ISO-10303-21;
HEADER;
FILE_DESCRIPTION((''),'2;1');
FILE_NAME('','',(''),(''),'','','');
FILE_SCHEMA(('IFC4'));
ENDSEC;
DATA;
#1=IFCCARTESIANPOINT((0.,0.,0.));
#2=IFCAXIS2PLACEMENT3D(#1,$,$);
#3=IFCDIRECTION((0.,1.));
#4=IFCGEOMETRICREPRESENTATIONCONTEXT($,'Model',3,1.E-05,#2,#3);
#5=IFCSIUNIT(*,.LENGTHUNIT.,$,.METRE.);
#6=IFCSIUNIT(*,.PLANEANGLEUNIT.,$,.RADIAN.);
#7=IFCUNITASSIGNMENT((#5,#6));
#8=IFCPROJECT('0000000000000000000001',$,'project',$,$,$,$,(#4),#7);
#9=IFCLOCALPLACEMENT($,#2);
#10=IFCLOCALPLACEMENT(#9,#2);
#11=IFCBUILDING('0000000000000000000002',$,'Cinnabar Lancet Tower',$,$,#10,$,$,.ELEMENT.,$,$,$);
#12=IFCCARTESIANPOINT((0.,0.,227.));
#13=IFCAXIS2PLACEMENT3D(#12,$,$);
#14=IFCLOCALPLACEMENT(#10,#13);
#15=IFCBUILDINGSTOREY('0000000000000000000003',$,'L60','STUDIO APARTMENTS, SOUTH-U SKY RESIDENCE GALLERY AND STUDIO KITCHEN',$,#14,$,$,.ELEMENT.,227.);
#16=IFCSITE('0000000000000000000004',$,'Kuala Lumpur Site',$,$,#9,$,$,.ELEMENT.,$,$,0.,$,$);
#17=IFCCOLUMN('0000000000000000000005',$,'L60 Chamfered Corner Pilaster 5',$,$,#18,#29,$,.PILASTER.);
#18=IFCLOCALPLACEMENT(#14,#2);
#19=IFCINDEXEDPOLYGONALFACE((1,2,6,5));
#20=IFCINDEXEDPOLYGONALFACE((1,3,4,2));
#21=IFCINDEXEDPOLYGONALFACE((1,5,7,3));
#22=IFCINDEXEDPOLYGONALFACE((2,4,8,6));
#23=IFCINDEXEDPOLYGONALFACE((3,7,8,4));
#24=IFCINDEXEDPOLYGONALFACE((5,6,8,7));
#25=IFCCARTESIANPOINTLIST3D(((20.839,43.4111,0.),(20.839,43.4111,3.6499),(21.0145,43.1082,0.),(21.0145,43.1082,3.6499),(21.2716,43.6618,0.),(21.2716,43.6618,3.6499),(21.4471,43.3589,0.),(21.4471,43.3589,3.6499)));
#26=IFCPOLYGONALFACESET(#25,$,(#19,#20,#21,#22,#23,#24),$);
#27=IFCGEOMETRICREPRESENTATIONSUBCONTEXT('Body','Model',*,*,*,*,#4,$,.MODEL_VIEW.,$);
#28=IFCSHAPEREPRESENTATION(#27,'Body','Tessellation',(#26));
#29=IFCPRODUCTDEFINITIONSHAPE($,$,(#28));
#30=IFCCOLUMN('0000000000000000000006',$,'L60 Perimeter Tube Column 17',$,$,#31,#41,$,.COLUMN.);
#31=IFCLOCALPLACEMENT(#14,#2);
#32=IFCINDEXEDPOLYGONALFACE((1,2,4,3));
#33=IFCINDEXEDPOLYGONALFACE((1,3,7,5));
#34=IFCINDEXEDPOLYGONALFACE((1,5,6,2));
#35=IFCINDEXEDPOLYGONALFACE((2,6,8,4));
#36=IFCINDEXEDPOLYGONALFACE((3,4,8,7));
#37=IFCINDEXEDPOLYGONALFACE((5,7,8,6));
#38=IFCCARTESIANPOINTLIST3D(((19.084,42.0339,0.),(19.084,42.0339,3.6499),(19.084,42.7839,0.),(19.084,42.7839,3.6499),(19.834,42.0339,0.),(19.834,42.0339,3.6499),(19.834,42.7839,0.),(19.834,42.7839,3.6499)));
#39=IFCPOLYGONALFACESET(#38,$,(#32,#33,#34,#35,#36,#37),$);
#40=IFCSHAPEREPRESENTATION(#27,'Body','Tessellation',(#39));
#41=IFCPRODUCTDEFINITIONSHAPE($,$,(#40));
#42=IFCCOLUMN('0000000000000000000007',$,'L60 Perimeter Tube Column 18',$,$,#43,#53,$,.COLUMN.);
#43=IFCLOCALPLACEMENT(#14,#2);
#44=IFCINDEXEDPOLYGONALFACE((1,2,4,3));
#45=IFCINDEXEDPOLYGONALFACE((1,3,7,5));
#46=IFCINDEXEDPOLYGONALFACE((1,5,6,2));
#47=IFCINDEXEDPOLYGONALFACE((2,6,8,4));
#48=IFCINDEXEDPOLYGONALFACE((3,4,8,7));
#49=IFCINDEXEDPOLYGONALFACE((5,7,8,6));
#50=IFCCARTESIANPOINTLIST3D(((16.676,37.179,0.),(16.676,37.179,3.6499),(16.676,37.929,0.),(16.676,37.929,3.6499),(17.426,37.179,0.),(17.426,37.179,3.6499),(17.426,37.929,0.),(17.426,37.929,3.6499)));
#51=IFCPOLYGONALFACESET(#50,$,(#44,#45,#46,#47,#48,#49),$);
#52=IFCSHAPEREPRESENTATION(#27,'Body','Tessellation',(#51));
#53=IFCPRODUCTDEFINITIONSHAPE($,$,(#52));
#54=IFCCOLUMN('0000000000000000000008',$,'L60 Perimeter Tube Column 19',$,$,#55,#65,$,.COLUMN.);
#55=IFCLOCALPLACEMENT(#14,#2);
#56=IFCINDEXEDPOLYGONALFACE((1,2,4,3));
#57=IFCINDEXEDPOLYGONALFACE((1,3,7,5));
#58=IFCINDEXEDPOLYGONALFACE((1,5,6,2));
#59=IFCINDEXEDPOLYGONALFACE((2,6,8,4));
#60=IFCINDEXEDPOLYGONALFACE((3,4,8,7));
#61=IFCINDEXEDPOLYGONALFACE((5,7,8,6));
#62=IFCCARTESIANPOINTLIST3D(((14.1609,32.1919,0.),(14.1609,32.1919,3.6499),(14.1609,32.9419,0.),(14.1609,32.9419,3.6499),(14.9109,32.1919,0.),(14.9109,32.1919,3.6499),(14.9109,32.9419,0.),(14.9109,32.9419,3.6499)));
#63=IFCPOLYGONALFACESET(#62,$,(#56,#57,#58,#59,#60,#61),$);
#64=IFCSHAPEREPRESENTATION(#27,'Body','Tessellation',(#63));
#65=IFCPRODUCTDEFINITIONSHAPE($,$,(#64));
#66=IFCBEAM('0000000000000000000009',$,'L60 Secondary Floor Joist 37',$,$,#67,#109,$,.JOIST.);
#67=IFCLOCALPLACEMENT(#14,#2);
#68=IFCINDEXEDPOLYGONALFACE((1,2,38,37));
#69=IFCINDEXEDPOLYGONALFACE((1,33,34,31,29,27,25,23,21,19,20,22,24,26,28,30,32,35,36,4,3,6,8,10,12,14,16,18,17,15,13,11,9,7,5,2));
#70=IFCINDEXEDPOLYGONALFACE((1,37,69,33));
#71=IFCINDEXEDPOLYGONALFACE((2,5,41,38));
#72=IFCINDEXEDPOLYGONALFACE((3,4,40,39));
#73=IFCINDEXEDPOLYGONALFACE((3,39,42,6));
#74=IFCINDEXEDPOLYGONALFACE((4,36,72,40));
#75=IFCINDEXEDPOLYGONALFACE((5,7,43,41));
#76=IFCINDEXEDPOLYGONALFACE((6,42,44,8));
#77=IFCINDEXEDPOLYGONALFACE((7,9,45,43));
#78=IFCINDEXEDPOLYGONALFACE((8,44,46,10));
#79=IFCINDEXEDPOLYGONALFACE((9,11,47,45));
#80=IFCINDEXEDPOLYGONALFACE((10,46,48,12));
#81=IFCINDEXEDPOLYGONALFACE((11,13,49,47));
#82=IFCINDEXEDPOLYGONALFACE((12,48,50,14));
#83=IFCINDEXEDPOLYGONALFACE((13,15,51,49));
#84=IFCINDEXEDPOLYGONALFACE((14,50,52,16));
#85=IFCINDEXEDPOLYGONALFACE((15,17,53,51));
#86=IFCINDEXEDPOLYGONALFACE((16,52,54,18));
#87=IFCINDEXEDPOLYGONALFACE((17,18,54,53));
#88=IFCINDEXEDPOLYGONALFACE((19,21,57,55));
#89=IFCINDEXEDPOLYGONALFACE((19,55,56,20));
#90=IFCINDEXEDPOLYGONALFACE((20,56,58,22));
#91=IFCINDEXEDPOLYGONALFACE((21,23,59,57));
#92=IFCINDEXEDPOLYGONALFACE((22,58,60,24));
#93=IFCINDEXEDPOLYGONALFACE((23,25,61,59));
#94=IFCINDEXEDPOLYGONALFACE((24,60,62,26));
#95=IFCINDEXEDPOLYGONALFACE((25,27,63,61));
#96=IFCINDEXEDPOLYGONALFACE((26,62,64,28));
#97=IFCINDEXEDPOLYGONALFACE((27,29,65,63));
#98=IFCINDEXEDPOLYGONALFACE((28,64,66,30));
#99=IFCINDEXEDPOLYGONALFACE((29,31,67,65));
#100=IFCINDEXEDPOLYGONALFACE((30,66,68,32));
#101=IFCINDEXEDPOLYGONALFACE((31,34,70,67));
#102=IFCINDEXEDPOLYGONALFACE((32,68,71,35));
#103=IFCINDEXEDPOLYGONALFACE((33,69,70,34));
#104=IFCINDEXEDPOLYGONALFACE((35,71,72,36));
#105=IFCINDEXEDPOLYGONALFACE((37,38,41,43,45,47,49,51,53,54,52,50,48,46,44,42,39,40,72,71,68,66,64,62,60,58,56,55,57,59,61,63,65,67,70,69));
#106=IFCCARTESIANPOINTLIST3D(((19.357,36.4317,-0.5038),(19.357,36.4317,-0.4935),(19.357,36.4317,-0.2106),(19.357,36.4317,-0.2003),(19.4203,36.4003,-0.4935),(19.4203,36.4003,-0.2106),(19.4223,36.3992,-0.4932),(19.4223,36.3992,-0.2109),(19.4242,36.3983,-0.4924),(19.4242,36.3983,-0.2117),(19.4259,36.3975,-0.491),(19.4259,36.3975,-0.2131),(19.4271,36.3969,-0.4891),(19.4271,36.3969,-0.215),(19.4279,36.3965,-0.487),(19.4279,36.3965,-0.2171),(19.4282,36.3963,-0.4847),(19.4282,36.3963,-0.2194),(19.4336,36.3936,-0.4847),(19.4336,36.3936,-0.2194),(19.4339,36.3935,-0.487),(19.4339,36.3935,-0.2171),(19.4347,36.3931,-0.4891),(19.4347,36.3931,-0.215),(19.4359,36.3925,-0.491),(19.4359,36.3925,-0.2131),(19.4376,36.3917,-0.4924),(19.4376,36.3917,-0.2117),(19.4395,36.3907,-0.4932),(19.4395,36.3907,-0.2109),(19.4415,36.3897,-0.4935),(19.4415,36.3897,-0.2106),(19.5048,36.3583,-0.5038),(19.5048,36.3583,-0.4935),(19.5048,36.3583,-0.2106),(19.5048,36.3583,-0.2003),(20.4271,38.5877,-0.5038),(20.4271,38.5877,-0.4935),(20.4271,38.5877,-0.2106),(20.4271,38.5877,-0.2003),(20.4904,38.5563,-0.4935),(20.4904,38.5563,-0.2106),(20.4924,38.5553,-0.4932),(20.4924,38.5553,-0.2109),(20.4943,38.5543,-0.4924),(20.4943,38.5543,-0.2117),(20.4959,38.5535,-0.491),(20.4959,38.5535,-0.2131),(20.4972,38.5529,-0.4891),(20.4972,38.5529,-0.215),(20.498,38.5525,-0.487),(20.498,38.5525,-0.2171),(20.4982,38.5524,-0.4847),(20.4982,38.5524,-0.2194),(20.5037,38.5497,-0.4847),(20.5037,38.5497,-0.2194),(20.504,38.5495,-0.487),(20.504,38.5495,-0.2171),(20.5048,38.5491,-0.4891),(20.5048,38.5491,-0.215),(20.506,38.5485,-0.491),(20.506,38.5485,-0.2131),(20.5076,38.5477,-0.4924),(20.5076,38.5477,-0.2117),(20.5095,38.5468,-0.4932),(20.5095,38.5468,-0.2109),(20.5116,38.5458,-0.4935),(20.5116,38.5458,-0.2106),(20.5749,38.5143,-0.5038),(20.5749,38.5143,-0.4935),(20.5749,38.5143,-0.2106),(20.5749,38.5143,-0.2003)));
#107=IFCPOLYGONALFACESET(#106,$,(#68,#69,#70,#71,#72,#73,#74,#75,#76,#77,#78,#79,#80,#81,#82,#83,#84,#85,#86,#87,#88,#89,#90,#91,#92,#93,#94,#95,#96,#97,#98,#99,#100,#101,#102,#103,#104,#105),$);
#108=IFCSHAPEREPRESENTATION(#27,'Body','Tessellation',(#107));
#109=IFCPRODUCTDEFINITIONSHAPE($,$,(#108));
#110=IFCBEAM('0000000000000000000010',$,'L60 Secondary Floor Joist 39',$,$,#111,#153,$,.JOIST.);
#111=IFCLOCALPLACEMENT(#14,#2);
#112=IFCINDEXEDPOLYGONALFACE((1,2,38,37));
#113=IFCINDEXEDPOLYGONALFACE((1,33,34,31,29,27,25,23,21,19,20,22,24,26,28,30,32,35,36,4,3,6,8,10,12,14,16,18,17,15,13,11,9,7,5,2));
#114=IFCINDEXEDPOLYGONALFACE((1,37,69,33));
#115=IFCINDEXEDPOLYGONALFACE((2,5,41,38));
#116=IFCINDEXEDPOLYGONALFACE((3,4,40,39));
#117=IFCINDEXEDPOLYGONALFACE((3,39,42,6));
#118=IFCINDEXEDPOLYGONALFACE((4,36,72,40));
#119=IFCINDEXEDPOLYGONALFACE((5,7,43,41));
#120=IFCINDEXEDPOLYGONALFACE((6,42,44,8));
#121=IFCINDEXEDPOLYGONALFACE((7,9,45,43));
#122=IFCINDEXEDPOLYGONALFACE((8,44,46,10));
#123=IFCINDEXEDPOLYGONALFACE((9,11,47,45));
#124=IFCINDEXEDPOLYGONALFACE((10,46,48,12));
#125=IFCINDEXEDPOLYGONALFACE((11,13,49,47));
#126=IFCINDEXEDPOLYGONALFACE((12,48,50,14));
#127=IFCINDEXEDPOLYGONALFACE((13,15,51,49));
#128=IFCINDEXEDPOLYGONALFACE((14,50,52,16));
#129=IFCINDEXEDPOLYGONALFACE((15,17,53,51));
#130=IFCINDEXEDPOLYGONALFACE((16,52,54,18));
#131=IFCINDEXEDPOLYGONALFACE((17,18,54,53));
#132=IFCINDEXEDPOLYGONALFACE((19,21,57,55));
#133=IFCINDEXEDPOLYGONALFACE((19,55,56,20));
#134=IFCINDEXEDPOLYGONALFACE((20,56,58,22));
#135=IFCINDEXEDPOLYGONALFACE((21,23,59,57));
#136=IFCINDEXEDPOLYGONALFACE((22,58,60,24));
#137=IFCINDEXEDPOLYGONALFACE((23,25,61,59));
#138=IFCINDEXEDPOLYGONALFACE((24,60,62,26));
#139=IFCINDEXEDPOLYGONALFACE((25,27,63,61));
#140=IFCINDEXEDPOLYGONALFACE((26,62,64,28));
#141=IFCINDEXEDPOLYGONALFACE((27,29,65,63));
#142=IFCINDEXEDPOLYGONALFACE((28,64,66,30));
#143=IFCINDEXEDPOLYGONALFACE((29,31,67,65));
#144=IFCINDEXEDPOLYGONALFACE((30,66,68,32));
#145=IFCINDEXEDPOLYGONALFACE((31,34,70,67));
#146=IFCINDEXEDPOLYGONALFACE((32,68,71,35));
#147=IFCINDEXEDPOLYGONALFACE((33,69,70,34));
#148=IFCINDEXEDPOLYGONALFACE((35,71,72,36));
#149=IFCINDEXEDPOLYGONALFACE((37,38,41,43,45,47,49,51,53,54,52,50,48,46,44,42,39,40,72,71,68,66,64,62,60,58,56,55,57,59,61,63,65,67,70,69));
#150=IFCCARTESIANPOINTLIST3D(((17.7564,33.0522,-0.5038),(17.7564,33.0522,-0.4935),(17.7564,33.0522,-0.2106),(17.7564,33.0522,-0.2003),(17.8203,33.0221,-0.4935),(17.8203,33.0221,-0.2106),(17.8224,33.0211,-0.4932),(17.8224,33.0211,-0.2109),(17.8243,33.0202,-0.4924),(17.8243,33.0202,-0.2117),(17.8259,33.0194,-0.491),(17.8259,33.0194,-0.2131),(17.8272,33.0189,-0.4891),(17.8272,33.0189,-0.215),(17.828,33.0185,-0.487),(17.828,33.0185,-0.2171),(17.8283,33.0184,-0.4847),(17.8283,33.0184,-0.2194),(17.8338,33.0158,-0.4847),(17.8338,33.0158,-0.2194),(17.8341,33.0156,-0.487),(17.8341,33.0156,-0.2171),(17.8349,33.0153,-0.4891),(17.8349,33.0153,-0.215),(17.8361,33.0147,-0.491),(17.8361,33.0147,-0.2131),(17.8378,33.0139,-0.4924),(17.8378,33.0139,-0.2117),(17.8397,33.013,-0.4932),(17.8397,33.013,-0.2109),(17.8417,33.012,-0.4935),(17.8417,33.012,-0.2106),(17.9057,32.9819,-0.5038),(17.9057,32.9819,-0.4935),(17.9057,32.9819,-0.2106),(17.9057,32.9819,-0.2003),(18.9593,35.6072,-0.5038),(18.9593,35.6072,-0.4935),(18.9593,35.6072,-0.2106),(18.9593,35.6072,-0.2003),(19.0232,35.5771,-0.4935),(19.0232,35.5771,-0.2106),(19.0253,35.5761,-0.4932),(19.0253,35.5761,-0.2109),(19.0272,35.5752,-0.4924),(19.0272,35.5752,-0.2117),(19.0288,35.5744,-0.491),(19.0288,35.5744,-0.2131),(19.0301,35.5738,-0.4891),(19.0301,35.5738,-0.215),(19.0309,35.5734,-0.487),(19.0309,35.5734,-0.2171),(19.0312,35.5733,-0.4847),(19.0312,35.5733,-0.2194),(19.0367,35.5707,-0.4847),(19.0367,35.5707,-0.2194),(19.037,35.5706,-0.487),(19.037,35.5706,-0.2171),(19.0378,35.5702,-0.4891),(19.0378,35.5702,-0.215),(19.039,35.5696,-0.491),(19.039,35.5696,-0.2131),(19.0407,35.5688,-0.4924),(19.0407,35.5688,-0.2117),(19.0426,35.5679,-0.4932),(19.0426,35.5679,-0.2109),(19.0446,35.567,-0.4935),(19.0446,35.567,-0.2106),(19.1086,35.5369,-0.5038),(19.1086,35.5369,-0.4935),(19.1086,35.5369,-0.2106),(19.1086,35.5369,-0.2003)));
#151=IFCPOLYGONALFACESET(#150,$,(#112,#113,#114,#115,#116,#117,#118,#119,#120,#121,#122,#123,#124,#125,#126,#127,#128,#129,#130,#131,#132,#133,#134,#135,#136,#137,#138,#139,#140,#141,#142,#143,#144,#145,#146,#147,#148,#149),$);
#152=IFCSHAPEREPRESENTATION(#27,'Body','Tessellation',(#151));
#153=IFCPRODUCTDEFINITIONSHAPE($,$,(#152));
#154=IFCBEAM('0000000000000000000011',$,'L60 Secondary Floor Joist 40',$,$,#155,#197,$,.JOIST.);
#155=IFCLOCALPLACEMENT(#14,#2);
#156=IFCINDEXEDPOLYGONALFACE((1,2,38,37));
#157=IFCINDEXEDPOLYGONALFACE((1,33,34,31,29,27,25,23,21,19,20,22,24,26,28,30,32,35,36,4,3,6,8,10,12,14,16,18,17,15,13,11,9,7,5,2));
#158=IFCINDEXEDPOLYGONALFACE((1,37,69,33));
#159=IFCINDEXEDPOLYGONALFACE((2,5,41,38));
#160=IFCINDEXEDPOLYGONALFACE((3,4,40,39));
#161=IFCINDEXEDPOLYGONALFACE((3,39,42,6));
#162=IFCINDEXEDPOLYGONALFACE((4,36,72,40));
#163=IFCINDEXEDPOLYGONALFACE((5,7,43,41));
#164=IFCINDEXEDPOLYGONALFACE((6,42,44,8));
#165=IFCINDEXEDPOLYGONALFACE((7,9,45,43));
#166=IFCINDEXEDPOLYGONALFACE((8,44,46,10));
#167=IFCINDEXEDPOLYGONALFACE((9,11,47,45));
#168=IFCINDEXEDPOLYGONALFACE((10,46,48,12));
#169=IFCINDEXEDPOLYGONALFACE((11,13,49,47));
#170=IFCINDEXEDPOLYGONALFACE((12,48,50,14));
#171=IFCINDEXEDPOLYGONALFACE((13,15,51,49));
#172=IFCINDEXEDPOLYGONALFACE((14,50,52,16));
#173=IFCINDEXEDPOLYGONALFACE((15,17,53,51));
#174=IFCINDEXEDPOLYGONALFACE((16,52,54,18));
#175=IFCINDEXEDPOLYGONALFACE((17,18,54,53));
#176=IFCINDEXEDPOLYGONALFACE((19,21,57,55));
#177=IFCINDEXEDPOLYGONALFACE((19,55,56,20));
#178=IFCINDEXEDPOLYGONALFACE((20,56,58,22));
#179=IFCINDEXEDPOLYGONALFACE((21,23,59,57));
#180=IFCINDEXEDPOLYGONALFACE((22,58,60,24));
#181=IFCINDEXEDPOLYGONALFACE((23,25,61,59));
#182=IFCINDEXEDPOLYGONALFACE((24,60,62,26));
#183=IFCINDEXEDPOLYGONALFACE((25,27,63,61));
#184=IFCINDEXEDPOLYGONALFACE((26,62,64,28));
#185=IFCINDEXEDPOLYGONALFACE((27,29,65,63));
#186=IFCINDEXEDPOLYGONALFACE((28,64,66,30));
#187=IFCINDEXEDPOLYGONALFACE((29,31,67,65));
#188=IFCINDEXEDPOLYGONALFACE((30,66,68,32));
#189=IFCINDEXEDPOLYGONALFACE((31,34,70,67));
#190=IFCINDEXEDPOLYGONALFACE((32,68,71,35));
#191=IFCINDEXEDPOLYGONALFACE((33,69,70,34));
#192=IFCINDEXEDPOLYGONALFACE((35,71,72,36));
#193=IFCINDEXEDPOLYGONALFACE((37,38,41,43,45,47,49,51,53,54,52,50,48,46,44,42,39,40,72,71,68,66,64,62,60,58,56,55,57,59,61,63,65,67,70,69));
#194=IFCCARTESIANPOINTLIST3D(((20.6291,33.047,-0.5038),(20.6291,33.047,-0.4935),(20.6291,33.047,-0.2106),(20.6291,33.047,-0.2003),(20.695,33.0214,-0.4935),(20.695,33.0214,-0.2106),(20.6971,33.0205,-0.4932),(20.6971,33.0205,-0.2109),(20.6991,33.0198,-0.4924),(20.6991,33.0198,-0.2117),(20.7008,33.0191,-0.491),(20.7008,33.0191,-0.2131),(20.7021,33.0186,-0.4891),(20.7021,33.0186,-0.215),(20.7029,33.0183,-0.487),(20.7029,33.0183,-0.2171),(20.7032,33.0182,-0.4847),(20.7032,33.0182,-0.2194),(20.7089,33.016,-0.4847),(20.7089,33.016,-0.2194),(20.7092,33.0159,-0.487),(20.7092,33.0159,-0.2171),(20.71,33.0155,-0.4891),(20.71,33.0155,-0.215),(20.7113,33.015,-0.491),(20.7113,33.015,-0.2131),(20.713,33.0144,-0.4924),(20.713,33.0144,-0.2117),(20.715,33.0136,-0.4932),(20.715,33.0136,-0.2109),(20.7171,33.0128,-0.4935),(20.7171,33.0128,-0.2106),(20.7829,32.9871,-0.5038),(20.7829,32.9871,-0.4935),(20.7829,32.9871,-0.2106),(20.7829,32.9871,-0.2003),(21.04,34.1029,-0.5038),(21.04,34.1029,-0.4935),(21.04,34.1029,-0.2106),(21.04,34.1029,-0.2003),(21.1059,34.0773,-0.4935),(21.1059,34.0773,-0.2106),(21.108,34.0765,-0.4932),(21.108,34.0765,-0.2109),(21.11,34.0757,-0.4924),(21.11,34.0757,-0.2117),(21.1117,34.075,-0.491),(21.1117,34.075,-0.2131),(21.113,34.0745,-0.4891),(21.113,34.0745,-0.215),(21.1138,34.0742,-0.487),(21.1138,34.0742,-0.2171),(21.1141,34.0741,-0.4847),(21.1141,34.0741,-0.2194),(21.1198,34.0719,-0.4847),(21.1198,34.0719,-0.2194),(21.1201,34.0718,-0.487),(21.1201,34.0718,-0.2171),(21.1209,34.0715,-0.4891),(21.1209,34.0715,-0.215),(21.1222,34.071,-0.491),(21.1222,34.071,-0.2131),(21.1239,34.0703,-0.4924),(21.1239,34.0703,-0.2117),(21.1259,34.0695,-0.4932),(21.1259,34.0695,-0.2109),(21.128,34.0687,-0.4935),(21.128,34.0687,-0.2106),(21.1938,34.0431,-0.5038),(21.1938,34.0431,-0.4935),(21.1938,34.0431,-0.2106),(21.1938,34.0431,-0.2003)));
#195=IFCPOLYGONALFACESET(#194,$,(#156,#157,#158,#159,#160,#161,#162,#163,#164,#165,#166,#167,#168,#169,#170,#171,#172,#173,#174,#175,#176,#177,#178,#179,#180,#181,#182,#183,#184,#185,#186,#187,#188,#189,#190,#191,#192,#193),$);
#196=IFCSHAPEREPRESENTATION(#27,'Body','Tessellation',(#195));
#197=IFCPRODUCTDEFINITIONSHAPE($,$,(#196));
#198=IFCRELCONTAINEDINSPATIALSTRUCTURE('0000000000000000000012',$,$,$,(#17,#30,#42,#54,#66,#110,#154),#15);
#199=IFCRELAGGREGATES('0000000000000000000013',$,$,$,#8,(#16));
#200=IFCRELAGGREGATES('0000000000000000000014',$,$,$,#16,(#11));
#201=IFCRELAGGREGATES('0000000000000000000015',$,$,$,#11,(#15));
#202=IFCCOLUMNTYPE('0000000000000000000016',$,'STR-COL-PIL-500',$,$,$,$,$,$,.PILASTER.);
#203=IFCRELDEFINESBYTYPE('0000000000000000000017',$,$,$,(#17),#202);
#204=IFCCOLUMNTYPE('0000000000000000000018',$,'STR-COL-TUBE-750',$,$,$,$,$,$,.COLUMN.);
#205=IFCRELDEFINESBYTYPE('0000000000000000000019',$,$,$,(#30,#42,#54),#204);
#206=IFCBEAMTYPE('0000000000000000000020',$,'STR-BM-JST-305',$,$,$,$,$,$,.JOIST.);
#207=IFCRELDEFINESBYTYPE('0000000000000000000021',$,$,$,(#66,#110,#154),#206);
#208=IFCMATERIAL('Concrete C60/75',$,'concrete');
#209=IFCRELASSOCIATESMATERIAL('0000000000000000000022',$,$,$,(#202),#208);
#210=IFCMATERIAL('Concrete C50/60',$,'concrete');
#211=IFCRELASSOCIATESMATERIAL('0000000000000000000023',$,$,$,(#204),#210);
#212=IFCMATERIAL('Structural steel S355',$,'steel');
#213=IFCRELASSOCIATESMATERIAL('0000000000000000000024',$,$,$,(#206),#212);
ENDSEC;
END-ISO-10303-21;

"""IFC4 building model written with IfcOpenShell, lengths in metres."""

from ifc_helpers import new_model, si_unit, direction, frame, origin, origin_2d, place, context, subcontext, project, spatial, rectangle, i_section, extrude, material, material_profile, profile_set, type_object, element, save


model = new_model("IFC4")

# Units and contexts
model_context = context("Model", 3, precision=1e-05, world=origin(), true_north=direction((0.0, 1.0)))
body_context = subcontext(model_context, "Body", "Model", "MODEL_VIEW")
ifc_project = project(units=[si_unit("LENGTHUNIT", "METRE"), si_unit("PLANEANGLEUNIT", "RADIAN")], contexts=[model_context])

# Site, building, storey
site_placement = place(None, origin())
site = spatial("IfcSite", under=ifc_project, at=site_placement, Name="Kuala Lumpur Site", CompositionType="ELEMENT", RefElevation=0.0)
building_placement = place(site_placement, origin())
building = spatial("IfcBuilding", under=site, at=building_placement, Name="Cinnabar Lancet Tower", CompositionType="ELEMENT")
storey_placement = place(building_placement, frame((0.0, 0.0, 227.0)))
storey = spatial("IfcBuildingStorey", under=building, at=storey_placement, Name="L60", Description="STUDIO APARTMENTS, SOUTH-U SKY RESIDENCE GALLERY AND STUDIO KITCHEN", CompositionType="ELEMENT", Elevation=227.0)

# Columns
ifc_material_1 = material(Name="Concrete C60/75", Category="concrete")
ifc_material_profile_1 = material_profile(ifc_material_1, rectangle(XDim=0.5, YDim=0.3501, at=origin_2d()), Name="RC-PIL 500x350")
ifc_profile_set_1 = profile_set([ifc_material_profile_1], Name="Concrete C60/75")
column_type_1 = type_object("IfcColumnType", Name="STR-COL-PIL-500", PredefinedType="PILASTER", material=ifc_profile_set_1)
column_placement = place(storey_placement, frame((21.1431, 43.385, 0.0), z_axis=(0.0, 0.0, 1.0), x_axis=(-0.865256, -0.50133, 0.0)))
element("IfcColumn", 1, at=column_placement, inside=storey, type_object=column_type_1, Name="L60 Chamfered Corner Pilaster 5", PredefinedType="PILASTER", context=body_context, shape_type="SweptSolid", body=[
    extrude(rectangle(XDim=0.5, YDim=0.3501, at=origin_2d()), origin(), (0.0, 0.0, 1.0), 3.6499),
])
ifc_material_2 = material(Name="Concrete C50/60", Category="concrete")
ifc_material_profile_2 = material_profile(ifc_material_2, rectangle(XDim=0.75, YDim=0.75, at=origin_2d()), Name="RC-COL 750x750")
ifc_profile_set_2 = profile_set([ifc_material_profile_2], Name="Concrete C50/60")
column_type_2 = type_object("IfcColumnType", Name="STR-COL-TUBE-750", PredefinedType="COLUMN", material=ifc_profile_set_2)
for number, where, z_axis, x_axis, name in (
    (2, (19.459, 42.4089, 0.0), (0.0, 0.0, 1.0), (1.0, 0.0, 0.0), "L60 Perimeter Tube Column 17"),
    (3, (17.051, 37.554, 0.0), (0.0, 0.0, 1.0), (1.0, 0.0, 0.0), "L60 Perimeter Tube Column 18"),
    (4, (14.5359, 32.5669, 0.0), (0.0, 0.0, 1.0), (1.0, 0.0, 0.0), "L60 Perimeter Tube Column 19"),
):
    element("IfcColumn", number, at=place(storey_placement, frame(where, z_axis=z_axis, x_axis=x_axis)), inside=storey, type_object=column_type_2, Name=name, PredefinedType="COLUMN", context=body_context, shape_type="SweptSolid", body=[
        extrude(rectangle(XDim=0.75, YDim=0.75, at=origin_2d()), origin(), (0.0, 0.0, 1.0), 3.6499),
    ])

# Beams
ifc_material_3 = material(Name="Structural steel S355", Category="steel")
ifc_material_profile_3 = material_profile(ifc_material_3, i_section(OverallWidth=0.165, OverallDepth=0.3035, WebThickness=0.0061, FlangeThickness=0.0103, FilletRadius=0.0088, at=origin_2d()), Name="UKB 305x165x40")
ifc_profile_set_3 = profile_set([ifc_material_profile_3], Name="Structural steel S355")
beam_type_1 = type_object("IfcBeamType", Name="STR-BM-JST-305", PredefinedType="JOIST", material=ifc_profile_set_3)
beam_1_placement = place(storey_placement, frame((20.501, 38.551, -0.3521), z_axis=(-0.444574, -0.895742, 0.0), x_axis=(0.895742, -0.444574, 0.0)))
element("IfcBeam", 5, at=beam_1_placement, inside=storey, type_object=beam_type_1, Name="L60 Secondary Floor Joist 37", PredefinedType="JOIST", context=body_context, shape_type="SweptSolid", body=[
    extrude(i_section(OverallWidth=0.165, OverallDepth=0.3035, WebThickness=0.0061, FlangeThickness=0.0103, FilletRadius=0.0088, at=origin_2d()), origin(), (0.0, 0.0, 1.0), 2.407),
])
beam_2_placement = place(storey_placement, frame((19.0339, 35.572, -0.3521), z_axis=(-0.425959, -0.904742, 0.0), x_axis=(0.904742, -0.425959, 0.0)))
element("IfcBeam", 6, at=beam_2_placement, inside=storey, type_object=beam_type_1, Name="L60 Secondary Floor Joist 39", PredefinedType="JOIST", context=body_context, shape_type="SweptSolid", body=[
    extrude(i_section(OverallWidth=0.165, OverallDepth=0.3035, WebThickness=0.0061, FlangeThickness=0.0103, FilletRadius=0.0088, at=origin_2d()), origin(), (0.0, 0.0, 1.0), 2.824),
])
beam_3_placement = place(storey_placement, frame((21.1169, 34.073, -0.3521), z_axis=(-0.362644, -0.931928, 0.0), x_axis=(0.931928, -0.362644, 0.0)))
element("IfcBeam", 7, at=beam_3_placement, inside=storey, type_object=beam_type_1, Name="L60 Secondary Floor Joist 40", PredefinedType="JOIST", context=body_context, shape_type="SweptSolid", body=[
    extrude(i_section(OverallWidth=0.165, OverallDepth=0.3035, WebThickness=0.0061, FlangeThickness=0.0103, FilletRadius=0.0088, at=origin_2d()), origin(), (0.0, 0.0, 1.0), 1.1331),
])

save(model, "model.ifc")
